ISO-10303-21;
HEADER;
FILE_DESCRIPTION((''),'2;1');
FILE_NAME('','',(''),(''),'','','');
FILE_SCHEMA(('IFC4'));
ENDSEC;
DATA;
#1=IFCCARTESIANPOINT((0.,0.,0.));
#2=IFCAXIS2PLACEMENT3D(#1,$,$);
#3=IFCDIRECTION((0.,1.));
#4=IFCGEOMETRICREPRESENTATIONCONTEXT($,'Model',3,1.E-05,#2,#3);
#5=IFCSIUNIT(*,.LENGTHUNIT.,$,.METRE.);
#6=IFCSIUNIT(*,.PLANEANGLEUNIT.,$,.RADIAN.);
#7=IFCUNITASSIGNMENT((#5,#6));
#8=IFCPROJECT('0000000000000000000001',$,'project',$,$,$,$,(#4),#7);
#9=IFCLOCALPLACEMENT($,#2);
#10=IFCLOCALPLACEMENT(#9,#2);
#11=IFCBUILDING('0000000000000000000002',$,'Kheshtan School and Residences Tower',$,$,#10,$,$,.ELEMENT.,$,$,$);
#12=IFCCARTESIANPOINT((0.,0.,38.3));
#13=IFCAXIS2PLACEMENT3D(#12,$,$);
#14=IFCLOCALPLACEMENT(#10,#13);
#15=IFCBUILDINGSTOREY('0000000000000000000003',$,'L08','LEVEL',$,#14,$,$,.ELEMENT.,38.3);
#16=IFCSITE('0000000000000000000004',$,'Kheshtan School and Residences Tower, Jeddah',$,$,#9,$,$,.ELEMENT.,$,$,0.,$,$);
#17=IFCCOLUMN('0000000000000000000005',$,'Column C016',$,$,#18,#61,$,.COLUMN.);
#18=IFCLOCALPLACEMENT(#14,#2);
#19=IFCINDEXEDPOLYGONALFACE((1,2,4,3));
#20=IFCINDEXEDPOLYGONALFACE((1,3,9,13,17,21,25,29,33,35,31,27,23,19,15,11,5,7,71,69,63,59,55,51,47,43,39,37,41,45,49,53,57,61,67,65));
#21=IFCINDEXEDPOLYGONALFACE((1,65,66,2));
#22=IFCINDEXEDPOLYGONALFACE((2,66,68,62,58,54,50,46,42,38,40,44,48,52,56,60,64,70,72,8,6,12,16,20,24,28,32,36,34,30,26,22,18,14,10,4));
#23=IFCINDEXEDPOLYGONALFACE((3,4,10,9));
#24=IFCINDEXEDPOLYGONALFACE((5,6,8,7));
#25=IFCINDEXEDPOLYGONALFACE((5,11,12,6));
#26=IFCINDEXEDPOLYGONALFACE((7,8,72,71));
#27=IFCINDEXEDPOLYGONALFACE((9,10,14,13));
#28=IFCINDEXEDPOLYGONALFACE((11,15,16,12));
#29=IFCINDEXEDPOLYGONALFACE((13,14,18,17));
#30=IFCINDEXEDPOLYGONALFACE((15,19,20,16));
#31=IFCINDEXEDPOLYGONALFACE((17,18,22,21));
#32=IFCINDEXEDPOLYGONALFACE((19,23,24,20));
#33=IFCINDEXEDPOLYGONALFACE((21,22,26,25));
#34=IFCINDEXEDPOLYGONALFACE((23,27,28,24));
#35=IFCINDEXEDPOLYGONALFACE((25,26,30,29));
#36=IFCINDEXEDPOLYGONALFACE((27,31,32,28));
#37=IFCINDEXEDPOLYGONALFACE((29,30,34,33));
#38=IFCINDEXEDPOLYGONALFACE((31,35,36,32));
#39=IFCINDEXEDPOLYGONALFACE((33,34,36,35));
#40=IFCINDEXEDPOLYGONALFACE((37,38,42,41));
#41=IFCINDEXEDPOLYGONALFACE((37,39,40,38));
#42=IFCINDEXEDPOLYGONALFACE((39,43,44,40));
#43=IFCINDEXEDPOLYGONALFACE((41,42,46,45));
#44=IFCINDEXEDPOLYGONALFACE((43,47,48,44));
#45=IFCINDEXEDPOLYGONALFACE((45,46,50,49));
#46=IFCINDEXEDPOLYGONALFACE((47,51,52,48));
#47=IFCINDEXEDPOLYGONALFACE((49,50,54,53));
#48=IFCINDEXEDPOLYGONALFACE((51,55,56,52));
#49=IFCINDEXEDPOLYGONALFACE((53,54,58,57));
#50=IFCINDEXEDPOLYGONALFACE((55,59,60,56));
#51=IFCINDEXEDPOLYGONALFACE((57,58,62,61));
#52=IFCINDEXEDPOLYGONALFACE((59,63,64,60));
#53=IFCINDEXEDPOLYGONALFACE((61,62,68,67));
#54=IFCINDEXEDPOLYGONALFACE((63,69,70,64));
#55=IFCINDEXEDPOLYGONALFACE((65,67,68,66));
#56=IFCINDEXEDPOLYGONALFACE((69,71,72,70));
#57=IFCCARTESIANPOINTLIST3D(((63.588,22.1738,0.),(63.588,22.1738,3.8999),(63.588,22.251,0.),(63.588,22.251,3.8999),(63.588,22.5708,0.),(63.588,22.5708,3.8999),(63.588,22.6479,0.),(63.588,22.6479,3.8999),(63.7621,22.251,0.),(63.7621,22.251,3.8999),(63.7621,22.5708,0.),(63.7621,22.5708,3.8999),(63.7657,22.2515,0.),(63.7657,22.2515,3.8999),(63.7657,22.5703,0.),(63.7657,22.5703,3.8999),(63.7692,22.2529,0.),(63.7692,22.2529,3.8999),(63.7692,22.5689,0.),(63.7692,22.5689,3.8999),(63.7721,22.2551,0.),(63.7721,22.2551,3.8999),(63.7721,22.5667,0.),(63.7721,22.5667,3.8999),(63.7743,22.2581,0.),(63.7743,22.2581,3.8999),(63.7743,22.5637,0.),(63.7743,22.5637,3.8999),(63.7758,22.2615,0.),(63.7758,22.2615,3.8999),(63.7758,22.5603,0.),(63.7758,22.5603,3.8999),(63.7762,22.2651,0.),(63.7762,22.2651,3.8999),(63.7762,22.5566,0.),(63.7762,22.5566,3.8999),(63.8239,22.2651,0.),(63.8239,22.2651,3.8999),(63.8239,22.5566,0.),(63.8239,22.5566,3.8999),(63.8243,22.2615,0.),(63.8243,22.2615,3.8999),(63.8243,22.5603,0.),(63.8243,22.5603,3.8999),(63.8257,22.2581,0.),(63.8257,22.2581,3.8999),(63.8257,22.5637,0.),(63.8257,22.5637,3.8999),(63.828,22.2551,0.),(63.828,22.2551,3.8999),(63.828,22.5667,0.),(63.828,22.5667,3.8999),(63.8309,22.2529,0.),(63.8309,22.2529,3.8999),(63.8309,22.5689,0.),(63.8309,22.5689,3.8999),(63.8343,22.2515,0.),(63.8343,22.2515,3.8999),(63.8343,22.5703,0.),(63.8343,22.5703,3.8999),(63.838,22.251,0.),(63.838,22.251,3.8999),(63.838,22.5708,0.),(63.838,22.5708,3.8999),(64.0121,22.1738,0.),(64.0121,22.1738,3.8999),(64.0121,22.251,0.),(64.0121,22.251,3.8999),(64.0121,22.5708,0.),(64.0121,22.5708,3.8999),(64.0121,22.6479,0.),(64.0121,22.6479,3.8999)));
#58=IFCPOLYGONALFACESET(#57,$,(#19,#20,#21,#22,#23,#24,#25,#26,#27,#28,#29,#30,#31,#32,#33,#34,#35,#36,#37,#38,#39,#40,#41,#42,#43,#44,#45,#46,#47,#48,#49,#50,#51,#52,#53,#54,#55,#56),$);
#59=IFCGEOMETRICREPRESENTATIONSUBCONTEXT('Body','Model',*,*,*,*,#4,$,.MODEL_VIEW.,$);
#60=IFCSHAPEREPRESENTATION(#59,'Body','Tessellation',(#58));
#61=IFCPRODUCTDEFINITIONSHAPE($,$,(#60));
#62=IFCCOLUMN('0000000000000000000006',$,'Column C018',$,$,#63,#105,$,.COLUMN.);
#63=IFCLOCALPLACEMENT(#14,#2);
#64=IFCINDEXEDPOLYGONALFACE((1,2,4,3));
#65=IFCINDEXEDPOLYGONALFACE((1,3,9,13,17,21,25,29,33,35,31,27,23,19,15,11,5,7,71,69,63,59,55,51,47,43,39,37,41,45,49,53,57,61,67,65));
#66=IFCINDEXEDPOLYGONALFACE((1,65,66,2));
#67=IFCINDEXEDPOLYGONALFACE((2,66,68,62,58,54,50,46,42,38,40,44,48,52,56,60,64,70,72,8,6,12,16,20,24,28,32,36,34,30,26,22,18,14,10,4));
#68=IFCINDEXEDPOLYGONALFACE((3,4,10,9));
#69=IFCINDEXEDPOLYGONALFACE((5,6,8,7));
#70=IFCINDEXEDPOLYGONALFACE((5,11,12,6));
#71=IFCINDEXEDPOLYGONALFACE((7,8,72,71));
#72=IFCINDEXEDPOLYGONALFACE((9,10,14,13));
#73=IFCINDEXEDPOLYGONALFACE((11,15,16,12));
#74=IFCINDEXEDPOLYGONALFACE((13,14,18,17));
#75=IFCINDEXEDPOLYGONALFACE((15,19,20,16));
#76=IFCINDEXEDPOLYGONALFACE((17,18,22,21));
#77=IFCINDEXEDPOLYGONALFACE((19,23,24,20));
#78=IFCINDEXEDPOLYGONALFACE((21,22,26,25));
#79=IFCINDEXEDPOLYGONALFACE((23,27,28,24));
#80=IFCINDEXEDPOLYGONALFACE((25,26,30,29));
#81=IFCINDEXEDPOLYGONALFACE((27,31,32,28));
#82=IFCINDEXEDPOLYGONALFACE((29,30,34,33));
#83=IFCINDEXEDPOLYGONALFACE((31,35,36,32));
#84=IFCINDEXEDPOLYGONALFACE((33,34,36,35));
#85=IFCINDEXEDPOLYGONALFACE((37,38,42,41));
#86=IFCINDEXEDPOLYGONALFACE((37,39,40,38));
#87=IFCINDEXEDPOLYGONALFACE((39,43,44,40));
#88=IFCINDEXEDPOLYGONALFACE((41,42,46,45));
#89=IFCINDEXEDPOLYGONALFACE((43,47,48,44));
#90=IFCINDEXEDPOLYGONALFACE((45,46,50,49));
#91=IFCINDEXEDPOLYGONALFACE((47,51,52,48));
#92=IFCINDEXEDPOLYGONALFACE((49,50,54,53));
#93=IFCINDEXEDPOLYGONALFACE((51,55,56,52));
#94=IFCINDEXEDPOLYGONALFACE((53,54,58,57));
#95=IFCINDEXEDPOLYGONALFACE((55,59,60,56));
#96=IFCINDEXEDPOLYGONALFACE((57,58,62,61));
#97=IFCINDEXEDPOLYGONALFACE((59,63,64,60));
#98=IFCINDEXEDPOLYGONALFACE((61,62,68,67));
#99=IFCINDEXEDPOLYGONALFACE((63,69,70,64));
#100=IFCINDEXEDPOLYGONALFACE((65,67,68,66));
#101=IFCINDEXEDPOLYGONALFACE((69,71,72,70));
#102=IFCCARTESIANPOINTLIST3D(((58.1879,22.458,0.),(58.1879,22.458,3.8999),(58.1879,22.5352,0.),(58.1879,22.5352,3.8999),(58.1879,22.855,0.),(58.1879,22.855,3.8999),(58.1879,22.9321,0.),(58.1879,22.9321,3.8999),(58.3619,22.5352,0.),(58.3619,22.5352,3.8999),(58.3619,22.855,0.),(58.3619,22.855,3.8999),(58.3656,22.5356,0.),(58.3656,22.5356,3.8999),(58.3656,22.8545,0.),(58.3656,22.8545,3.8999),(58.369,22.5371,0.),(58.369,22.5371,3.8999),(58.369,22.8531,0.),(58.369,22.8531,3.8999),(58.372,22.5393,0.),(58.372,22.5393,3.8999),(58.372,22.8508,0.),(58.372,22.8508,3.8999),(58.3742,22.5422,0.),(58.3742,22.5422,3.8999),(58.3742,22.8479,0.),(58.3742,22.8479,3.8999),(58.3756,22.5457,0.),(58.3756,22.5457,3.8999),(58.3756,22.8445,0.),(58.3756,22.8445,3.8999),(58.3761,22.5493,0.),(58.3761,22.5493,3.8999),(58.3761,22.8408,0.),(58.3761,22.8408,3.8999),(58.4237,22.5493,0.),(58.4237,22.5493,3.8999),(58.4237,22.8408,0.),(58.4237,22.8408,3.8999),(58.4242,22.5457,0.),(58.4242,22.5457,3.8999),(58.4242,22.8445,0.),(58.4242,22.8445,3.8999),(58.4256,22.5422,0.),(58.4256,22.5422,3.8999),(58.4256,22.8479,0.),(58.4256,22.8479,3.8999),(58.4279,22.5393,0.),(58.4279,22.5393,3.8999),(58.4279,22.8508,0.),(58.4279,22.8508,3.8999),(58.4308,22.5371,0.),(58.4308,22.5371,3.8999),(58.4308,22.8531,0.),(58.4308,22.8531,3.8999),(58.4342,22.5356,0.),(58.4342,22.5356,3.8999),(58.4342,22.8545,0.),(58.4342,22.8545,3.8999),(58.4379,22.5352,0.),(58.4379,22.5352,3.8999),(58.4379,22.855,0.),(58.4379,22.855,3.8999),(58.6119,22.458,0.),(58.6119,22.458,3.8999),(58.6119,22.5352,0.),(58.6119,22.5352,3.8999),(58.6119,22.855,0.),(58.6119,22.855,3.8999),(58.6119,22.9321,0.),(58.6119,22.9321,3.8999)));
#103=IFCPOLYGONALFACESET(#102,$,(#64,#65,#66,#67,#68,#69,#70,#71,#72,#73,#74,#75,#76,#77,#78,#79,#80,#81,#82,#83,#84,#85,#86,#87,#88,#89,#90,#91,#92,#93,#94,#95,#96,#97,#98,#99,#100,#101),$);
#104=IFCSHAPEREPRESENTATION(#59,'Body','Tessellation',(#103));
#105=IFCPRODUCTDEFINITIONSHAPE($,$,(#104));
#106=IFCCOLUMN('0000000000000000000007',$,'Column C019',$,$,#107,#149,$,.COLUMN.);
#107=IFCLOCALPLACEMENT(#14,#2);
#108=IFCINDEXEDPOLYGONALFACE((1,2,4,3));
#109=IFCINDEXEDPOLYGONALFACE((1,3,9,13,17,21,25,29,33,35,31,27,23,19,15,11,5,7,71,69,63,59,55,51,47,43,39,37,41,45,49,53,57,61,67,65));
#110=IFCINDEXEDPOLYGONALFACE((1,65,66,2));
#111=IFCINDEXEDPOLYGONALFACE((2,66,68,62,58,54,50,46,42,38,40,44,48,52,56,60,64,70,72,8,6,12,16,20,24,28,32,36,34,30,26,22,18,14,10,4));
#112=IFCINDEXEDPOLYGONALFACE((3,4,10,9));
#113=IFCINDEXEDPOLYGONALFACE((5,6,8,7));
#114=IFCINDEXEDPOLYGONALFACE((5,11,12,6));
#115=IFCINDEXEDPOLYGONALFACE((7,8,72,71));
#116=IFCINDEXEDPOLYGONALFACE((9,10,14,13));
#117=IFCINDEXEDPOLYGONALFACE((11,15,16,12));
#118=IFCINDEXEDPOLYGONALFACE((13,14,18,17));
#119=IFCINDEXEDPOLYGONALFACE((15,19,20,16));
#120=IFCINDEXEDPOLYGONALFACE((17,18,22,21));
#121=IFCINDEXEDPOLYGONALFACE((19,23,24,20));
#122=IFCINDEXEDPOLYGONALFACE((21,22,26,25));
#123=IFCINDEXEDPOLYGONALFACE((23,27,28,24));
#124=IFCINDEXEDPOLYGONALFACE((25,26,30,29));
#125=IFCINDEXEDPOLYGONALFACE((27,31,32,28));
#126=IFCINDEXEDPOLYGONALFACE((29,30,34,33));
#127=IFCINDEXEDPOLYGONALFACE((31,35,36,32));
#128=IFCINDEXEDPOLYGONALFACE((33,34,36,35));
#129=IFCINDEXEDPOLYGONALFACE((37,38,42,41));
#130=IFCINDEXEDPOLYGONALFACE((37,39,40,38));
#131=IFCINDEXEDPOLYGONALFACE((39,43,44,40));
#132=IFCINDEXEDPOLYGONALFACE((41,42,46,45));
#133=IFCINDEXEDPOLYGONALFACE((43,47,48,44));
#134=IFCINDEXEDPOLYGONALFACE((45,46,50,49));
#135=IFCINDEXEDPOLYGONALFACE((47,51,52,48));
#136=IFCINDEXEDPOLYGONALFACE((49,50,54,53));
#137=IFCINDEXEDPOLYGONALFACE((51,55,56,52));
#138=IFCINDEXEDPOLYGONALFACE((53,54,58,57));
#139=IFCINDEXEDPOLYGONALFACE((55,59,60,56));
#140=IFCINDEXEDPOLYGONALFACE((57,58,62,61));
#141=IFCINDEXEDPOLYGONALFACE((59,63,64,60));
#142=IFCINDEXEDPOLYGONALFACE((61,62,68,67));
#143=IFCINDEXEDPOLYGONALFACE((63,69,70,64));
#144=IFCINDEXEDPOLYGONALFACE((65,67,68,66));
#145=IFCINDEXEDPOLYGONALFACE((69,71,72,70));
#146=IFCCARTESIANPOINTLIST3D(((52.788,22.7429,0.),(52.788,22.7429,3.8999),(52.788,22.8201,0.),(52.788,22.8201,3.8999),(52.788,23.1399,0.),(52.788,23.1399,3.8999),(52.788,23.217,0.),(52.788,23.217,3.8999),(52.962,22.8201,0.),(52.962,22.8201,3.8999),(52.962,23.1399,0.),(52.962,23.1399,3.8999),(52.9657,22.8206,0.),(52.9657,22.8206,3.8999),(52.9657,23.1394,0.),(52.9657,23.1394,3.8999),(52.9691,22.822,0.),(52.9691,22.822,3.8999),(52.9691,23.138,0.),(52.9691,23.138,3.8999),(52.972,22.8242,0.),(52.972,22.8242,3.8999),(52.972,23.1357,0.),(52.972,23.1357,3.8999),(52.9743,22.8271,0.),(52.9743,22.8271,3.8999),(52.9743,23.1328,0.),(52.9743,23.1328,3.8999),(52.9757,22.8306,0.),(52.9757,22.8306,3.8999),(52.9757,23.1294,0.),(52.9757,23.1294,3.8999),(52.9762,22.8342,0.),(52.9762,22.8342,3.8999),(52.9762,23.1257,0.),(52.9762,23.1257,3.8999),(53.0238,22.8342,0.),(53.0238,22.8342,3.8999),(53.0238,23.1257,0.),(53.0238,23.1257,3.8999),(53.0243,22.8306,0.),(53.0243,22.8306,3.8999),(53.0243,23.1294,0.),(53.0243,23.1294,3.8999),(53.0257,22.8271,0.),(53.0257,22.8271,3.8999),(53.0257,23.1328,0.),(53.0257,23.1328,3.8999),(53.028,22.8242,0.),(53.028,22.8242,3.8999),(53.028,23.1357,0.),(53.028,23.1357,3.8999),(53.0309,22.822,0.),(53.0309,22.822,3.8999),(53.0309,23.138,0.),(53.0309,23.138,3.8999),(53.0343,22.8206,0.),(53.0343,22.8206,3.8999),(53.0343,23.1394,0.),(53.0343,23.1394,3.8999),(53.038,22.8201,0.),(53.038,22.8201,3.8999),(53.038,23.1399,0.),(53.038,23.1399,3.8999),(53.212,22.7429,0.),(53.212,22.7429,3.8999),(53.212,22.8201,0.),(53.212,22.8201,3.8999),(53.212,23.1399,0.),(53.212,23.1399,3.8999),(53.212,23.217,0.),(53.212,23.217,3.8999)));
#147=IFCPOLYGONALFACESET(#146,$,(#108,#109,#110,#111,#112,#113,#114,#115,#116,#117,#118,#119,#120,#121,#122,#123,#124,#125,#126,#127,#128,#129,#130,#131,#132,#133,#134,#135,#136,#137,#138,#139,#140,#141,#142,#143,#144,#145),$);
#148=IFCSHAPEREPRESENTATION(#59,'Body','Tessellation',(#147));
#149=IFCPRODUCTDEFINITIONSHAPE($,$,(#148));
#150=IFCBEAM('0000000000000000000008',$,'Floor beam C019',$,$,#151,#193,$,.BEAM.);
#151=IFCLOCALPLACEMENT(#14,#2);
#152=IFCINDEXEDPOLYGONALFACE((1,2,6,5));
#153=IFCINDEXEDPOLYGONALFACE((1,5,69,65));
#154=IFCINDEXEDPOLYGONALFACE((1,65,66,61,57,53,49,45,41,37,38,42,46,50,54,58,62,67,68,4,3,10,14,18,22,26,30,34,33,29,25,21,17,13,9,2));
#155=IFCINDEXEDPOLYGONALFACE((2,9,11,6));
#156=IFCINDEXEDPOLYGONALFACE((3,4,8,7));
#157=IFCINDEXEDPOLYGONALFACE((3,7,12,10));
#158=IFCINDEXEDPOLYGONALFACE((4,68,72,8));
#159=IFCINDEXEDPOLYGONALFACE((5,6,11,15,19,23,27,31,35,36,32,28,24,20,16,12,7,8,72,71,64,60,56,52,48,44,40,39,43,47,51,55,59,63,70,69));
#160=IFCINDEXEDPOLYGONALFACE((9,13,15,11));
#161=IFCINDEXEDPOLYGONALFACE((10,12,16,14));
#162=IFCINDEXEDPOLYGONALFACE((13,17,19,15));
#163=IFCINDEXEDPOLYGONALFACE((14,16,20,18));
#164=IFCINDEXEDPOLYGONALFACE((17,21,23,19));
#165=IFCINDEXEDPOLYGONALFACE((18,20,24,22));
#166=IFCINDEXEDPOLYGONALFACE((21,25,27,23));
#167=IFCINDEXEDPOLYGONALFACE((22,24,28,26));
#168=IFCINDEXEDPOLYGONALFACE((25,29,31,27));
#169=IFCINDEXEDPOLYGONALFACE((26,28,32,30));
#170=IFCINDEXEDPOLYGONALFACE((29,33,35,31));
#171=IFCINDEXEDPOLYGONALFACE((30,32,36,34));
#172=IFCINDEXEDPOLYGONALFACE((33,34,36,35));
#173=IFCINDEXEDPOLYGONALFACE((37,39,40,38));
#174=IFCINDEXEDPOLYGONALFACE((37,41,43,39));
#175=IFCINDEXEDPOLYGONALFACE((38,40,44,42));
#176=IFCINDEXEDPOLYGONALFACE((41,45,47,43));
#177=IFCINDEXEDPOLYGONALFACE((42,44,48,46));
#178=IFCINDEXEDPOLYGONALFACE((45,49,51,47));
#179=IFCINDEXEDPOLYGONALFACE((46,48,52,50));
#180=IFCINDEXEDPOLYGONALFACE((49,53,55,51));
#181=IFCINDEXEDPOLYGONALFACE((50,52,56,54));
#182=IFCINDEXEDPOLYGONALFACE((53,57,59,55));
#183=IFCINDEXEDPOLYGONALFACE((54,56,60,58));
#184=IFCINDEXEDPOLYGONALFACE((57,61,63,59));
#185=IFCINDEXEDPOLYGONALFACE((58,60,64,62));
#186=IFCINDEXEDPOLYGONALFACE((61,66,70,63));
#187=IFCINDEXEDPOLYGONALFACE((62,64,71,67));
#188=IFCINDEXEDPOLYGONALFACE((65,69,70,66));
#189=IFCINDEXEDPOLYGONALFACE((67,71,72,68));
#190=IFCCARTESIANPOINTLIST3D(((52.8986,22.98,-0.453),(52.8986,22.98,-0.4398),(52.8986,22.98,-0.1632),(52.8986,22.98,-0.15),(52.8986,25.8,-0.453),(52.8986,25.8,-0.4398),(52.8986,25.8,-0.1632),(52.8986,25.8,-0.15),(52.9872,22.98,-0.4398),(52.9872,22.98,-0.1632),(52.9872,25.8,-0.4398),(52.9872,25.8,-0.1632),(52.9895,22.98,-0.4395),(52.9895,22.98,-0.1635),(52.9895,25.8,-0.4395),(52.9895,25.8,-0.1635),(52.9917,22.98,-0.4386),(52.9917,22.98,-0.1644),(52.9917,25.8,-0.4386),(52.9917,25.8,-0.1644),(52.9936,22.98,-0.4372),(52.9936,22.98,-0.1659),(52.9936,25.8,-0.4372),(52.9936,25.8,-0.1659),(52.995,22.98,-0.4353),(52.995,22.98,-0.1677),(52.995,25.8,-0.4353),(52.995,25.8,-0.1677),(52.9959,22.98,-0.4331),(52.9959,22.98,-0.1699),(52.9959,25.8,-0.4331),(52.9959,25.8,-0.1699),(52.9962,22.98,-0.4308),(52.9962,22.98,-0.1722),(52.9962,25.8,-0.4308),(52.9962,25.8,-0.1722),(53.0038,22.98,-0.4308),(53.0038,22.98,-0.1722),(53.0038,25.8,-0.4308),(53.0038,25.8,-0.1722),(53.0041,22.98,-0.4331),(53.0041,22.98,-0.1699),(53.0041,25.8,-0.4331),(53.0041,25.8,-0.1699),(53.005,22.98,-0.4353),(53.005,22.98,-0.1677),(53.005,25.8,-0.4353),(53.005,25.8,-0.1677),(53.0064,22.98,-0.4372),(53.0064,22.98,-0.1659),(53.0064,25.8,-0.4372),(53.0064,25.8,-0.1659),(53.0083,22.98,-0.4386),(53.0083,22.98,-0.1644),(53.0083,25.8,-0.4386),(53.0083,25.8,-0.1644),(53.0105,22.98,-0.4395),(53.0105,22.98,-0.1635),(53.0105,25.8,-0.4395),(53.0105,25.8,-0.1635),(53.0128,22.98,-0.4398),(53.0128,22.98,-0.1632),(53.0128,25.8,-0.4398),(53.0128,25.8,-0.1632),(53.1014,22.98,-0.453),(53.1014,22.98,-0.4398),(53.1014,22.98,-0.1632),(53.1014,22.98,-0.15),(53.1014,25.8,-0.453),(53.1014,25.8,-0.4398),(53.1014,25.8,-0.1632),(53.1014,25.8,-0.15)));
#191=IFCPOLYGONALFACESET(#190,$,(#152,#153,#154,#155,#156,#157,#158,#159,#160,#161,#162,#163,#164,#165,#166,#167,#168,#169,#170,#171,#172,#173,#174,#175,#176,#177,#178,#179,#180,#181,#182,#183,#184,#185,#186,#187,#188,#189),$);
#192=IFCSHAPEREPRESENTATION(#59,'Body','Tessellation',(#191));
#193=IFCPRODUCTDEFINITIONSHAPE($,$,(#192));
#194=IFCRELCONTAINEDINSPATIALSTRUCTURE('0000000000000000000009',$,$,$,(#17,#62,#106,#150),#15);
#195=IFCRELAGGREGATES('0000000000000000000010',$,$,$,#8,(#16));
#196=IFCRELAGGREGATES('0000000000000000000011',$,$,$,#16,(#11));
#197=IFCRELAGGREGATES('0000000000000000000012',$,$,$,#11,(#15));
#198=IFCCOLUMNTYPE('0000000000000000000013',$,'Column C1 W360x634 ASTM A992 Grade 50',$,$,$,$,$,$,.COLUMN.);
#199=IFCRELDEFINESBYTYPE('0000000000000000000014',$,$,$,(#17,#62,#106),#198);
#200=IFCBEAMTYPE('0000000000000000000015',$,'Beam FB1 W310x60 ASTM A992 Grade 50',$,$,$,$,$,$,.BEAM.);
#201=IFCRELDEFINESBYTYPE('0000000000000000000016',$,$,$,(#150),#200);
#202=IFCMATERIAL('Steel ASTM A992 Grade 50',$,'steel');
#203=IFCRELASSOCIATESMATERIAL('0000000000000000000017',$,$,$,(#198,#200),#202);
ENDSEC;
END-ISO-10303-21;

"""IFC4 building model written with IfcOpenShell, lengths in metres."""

from ifc_helpers import new_model, si_unit, direction, frame, origin, origin_2d, place, context, subcontext, project, spatial, i_section, extrude, material, material_profile, profile_set, type_object, element, save


model = new_model("IFC4")

# Units and contexts
model_context = context("Model", 3, precision=1e-05, world=origin(), true_north=direction((0.0, 1.0)))
body_context = subcontext(model_context, "Body", "Model", "MODEL_VIEW")
ifc_project = project(units=[si_unit("LENGTHUNIT", "METRE"), si_unit("PLANEANGLEUNIT", "RADIAN")], contexts=[model_context])

# Site, building, storey
site_placement = place(None, origin())
site = spatial("IfcSite", under=ifc_project, at=site_placement, Name="Kheshtan School and Residences Tower, Jeddah", CompositionType="ELEMENT", RefElevation=0.0)
building_placement = place(site_placement, origin())
building = spatial("IfcBuilding", under=site, at=building_placement, Name="Kheshtan School and Residences Tower", CompositionType="ELEMENT")
storey_placement = place(building_placement, frame((0.0, 0.0, 38.3)))
storey = spatial("IfcBuildingStorey", under=building, at=storey_placement, Name="L08", Description="LEVEL", CompositionType="ELEMENT", Elevation=38.3)

# Columns
ifc_material_1 = material(Name="Steel ASTM A992 Grade 50", Category="steel")
ifc_material_profile_1 = material_profile(ifc_material_1, i_section(OverallWidth=0.4241, OverallDepth=0.4741, WebThickness=0.0476, FlangeThickness=0.0771, FilletRadius=0.0142, at=origin_2d()), Name="W360x634")
ifc_profile_set_1 = profile_set([ifc_material_profile_1], Name="Steel ASTM A992 Grade 50")
column_type = type_object("IfcColumnType", Name="Column C1 W360x634 ASTM A992 Grade 50", PredefinedType="COLUMN", material=ifc_profile_set_1)
for number, where, z_axis, x_axis, name in (
    (1, (63.8, 22.4109, 0.0), (0.0, 0.0, 1.0), (1.0, 0.0, 0.0), "Column C016"),
    (2, (58.3999, 22.6951, 0.0), (0.0, 0.0, 1.0), (1.0, 0.0, 0.0), "Column C018"),
    (3, (53.0, 22.98, 0.0), (0.0, 0.0, 1.0), (1.0, 0.0, 0.0), "Column C019"),
):
    element("IfcColumn", number, at=place(storey_placement, frame(where, z_axis=z_axis, x_axis=x_axis)), inside=storey, type_object=column_type, Name=name, PredefinedType="COLUMN", context=body_context, shape_type="SweptSolid", body=[
        extrude(i_section(OverallWidth=0.4241, OverallDepth=0.4741, WebThickness=0.0476, FlangeThickness=0.0771, FilletRadius=0.0142, at=origin_2d()), origin(), (0.0, 0.0, 1.0), 3.8999),
    ])

# Beam
ifc_material_profile_2 = material_profile(ifc_material_1, i_section(OverallWidth=0.2029, OverallDepth=0.303, WebThickness=0.0076, FlangeThickness=0.0132, FilletRadius=0.009, at=origin_2d()), Name="W310x60")
ifc_profile_set_2 = profile_set([ifc_material_profile_2], Name="Steel ASTM A992 Grade 50")
beam_type_1 = type_object("IfcBeamType", Name="Beam FB1 W310x60 ASTM A992 Grade 50", PredefinedType="BEAM", material=ifc_profile_set_2)
beam_1_placement = place(storey_placement, frame((53.0, 22.98, -0.3015), z_axis=(0.0, 1.0, 0.0), x_axis=(-1.0, 0.0, 0.0)))
element("IfcBeam", 4, at=beam_1_placement, inside=storey, type_object=beam_type_1, Name="Floor beam C019", PredefinedType="BEAM", context=body_context, shape_type="SweptSolid", body=[
    extrude(i_section(OverallWidth=0.2029, OverallDepth=0.303, WebThickness=0.0076, FlangeThickness=0.0132, FilletRadius=0.009, at=origin_2d()), origin(), (0.0, 0.0, 1.0), 2.8201),
])

save(model, "model.ifc")
